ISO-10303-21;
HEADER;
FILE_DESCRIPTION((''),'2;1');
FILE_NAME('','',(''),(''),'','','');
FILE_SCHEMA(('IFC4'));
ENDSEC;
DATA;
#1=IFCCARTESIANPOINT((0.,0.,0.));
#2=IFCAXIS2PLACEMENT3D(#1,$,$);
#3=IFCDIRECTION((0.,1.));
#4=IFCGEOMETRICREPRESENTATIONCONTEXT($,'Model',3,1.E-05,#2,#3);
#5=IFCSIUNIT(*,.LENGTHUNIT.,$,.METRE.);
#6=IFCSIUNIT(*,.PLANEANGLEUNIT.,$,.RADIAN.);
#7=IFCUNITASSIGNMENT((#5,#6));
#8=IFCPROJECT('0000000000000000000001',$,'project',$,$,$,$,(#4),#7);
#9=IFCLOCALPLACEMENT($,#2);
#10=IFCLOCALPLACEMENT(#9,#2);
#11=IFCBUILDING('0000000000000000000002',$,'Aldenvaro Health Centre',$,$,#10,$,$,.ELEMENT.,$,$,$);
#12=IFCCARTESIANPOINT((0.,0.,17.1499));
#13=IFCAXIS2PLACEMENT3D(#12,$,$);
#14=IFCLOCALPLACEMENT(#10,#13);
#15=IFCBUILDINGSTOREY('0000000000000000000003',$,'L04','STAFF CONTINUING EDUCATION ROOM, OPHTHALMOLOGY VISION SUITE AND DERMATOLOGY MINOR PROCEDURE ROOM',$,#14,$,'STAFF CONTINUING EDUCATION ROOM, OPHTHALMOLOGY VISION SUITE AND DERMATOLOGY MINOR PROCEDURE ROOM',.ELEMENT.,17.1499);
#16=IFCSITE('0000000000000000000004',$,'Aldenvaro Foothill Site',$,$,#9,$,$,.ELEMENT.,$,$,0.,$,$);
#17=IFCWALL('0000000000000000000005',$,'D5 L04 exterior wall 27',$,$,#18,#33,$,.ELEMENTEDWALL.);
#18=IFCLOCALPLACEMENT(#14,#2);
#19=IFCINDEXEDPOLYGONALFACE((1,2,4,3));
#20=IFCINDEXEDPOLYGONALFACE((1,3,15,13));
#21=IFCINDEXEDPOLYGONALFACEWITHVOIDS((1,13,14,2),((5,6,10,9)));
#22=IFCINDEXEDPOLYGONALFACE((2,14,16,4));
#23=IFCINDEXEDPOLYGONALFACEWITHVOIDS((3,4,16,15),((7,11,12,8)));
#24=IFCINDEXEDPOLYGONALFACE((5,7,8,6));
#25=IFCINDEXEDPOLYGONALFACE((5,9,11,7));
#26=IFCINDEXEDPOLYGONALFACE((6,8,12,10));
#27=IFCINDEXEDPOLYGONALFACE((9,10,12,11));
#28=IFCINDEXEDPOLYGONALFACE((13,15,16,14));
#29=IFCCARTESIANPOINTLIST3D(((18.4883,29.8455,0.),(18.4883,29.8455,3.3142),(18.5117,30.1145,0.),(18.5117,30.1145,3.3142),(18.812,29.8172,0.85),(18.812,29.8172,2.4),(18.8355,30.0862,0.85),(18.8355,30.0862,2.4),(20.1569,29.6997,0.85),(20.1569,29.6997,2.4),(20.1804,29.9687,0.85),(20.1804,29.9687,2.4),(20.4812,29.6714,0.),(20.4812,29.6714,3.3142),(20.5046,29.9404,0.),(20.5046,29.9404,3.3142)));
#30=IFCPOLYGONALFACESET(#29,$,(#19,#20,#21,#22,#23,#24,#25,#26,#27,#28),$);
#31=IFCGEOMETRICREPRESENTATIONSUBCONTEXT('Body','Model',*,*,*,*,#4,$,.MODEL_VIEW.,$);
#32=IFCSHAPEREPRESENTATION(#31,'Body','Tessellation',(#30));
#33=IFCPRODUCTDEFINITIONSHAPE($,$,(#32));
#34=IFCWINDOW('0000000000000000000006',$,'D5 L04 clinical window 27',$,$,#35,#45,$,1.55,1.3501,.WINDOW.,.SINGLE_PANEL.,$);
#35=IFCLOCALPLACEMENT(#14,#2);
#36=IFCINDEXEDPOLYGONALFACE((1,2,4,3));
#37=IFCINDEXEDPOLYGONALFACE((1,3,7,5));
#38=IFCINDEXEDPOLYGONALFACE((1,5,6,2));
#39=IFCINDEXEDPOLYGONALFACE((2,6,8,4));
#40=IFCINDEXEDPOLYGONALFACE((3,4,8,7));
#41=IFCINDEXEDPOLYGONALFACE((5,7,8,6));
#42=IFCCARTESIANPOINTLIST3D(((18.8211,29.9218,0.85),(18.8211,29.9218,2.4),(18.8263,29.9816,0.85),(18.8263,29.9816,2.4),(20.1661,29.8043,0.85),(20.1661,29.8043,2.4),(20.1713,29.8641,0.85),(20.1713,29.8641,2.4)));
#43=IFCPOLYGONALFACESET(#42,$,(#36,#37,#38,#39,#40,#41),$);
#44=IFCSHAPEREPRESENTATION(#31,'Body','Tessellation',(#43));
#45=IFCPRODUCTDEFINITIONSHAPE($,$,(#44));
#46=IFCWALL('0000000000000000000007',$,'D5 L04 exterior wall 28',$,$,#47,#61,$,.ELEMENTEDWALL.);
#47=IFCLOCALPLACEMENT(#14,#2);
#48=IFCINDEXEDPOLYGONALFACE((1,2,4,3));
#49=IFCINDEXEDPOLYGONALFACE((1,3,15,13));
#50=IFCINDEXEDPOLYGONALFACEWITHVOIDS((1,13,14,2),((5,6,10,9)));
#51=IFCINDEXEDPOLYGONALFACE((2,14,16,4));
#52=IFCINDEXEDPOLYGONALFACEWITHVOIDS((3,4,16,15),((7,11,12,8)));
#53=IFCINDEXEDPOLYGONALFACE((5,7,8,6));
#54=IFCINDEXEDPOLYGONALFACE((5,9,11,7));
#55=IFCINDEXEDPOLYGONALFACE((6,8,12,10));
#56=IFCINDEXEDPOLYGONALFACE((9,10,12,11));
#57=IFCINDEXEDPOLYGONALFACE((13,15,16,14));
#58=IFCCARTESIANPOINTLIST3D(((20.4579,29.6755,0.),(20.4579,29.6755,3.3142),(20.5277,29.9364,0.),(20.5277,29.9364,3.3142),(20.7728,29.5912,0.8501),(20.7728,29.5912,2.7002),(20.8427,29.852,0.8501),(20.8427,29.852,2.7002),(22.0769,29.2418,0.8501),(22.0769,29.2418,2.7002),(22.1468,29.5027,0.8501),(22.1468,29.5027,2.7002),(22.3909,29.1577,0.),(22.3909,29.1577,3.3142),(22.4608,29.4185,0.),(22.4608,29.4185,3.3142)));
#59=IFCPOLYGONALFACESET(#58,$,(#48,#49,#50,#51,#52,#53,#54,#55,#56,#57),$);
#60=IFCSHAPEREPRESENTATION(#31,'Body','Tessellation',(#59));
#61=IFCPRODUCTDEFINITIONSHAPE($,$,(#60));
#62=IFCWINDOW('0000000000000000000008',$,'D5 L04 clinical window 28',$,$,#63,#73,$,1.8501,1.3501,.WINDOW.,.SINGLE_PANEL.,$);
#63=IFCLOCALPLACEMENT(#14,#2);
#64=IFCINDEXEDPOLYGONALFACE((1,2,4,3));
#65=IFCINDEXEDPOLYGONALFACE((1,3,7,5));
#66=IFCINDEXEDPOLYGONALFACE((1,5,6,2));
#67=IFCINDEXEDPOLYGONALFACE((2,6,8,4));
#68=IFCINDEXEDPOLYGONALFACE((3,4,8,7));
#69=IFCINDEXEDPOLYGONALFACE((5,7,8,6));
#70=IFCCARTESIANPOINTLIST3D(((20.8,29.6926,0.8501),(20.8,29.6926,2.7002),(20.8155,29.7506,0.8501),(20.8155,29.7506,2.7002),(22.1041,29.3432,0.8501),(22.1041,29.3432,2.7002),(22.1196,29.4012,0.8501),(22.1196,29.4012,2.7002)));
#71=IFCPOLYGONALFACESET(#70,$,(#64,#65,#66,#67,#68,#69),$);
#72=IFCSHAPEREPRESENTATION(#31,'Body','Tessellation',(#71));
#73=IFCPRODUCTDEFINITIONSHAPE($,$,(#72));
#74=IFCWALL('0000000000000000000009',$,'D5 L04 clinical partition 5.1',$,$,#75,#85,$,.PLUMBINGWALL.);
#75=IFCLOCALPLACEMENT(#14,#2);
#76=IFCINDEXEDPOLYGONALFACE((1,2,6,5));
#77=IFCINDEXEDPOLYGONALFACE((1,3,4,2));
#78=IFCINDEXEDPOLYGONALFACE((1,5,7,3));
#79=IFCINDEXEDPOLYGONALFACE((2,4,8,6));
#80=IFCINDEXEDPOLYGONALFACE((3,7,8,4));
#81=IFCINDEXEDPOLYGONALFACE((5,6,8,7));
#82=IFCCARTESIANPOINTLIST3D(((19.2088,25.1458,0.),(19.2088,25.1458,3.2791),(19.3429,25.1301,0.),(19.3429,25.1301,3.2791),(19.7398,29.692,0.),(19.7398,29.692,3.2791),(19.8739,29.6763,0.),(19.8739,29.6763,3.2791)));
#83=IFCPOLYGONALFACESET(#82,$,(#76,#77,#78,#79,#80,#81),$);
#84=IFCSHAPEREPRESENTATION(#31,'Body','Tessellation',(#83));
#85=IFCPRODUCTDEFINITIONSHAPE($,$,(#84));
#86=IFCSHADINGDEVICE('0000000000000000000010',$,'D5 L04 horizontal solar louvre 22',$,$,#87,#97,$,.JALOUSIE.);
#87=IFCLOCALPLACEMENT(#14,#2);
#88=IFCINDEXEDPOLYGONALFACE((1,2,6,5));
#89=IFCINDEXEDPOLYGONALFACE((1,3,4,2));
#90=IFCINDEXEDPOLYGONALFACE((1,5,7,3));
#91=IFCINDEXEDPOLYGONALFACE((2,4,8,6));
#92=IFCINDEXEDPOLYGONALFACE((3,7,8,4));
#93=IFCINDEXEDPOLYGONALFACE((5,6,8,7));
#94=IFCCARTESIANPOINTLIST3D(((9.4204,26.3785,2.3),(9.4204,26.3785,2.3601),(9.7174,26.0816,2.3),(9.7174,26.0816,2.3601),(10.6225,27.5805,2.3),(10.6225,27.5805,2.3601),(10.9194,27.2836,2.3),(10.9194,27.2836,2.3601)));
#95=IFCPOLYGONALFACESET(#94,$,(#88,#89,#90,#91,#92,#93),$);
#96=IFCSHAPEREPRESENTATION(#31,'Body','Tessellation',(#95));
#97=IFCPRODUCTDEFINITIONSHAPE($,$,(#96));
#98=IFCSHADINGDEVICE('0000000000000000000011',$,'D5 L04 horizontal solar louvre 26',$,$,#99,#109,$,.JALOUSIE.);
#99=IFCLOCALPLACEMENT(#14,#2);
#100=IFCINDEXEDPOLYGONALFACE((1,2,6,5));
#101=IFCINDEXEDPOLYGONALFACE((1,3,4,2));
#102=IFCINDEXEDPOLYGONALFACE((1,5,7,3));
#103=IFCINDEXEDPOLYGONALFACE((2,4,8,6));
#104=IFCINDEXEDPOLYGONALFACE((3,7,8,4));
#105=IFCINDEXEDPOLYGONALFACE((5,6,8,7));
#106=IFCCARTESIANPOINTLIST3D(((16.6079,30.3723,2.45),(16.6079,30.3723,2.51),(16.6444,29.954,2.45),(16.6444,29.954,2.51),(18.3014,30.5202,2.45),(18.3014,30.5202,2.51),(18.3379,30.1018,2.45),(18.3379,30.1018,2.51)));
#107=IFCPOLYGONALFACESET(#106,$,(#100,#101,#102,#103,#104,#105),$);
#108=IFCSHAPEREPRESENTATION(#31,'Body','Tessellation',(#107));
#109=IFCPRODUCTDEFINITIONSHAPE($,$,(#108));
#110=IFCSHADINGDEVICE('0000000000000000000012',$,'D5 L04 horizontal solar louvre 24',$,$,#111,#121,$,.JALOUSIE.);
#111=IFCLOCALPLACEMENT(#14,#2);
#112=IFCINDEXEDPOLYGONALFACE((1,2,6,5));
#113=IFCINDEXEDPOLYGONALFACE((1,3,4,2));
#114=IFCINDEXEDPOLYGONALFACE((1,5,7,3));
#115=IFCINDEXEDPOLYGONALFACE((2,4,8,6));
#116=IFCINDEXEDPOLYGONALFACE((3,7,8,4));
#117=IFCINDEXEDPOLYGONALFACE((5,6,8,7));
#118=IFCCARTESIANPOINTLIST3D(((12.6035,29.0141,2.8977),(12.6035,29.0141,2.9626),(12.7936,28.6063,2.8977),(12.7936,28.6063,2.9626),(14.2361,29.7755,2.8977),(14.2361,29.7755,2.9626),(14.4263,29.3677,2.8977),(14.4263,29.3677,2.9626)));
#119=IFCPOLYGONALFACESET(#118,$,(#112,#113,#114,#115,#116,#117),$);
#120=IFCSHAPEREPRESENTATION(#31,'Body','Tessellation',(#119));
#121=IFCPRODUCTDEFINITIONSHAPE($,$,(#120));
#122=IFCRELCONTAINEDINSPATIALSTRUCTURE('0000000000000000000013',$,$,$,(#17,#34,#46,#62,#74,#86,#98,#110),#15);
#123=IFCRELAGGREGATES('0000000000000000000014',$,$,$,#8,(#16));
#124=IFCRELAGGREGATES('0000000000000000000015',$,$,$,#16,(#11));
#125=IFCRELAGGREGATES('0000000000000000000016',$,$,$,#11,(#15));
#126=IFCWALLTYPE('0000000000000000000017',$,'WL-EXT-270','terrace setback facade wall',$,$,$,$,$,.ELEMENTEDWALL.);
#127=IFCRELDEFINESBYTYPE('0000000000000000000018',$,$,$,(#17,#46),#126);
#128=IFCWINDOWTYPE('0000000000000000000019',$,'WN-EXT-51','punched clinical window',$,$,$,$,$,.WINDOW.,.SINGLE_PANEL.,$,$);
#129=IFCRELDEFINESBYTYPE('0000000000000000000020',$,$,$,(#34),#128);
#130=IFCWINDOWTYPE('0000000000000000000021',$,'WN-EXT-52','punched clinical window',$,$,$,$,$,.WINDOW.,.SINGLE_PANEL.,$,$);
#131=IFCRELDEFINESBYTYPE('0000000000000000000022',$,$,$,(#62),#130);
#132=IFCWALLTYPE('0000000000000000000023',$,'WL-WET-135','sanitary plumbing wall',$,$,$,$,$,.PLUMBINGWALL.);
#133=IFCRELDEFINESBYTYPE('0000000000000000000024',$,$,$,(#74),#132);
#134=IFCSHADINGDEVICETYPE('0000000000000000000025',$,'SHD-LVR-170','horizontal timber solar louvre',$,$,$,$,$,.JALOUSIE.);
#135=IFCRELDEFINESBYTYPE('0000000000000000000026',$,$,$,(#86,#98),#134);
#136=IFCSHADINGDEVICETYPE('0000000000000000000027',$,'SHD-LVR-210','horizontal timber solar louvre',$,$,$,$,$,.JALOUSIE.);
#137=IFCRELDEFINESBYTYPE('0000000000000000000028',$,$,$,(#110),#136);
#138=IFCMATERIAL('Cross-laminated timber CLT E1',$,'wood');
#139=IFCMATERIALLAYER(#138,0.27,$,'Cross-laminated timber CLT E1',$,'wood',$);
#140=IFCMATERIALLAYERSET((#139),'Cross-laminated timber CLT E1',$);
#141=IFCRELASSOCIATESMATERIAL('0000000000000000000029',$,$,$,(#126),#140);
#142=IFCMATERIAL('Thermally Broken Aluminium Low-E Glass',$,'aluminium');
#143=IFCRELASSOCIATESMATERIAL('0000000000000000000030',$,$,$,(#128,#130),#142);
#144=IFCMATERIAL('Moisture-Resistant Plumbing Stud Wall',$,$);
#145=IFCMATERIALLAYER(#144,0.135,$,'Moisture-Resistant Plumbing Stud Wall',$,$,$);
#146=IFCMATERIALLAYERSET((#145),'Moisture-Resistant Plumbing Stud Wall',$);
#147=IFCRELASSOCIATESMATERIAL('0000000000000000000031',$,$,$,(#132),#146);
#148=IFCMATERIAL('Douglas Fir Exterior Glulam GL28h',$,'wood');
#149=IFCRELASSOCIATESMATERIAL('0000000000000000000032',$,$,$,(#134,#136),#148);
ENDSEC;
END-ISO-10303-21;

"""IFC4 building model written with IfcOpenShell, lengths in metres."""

from ifc_helpers import new_model, si_unit, direction, frame, frame_2d, origin, origin_2d, place, context, subcontext, project, spatial, rectangle, extrude, material, layer, layer_set, type_object, element, fill, save


model = new_model("IFC4")

# Units and contexts
model_context = context("Model", 3, precision=1e-05, world=origin(), true_north=direction((0.0, 1.0)))
body_context = subcontext(model_context, "Body", "Model", "MODEL_VIEW")
ifc_project = project(units=[si_unit("LENGTHUNIT", "METRE"), si_unit("PLANEANGLEUNIT", "RADIAN")], contexts=[model_context])

# Site, building, storey
site_placement = place(None, origin())
site = spatial("IfcSite", under=ifc_project, at=site_placement, Name="Aldenvaro Foothill Site", CompositionType="ELEMENT", RefElevation=0.0)
building_placement = place(site_placement, origin())
building = spatial("IfcBuilding", under=site, at=building_placement, Name="Aldenvaro Health Centre", CompositionType="ELEMENT")
storey_placement = place(building_placement, frame((0.0, 0.0, 17.1499)))
storey = spatial("IfcBuildingStorey", under=building, at=storey_placement, Name="L04", Description="STAFF CONTINUING EDUCATION ROOM, OPHTHALMOLOGY VISION SUITE AND DERMATOLOGY MINOR PROCEDURE ROOM", LongName="STAFF CONTINUING EDUCATION ROOM, OPHTHALMOLOGY VISION SUITE AND DERMATOLOGY MINOR PROCEDURE ROOM", CompositionType="ELEMENT", Elevation=17.1499)

# Walls, openings, windows
ifc_material_1 = material(Name="Cross-laminated timber CLT E1", Category="wood")
ifc_layer_1 = layer(ifc_material_1, 0.27, Name="Cross-laminated timber CLT E1", Category="wood")
ifc_layer_set_1 = layer_set([ifc_layer_1], Name="Cross-laminated timber CLT E1")
wall_type_1 = type_object("IfcWallType", Name="WL-EXT-270", Description="terrace setback facade wall", PredefinedType="ELEMENTEDWALL", material=ifc_layer_set_1)
ifc_material_2 = material(Name="Thermally Broken Aluminium Low-E Glass", Category="aluminium")
wall_1_placement = place(storey_placement, frame((18.5, 29.98, 0.0), z_axis=(0.0, 0.0, 1.0), x_axis=(0.996207, -0.087014, 0.0)))
wall_1 = element("IfcWall", 1, at=wall_1_placement, inside=storey, type_object=wall_type_1, Name="D5 L04 exterior wall 27", PredefinedType="ELEMENTEDWALL", context=body_context, shape_type="SweptSolid", body=[
    extrude(rectangle(XDim=2.0005, YDim=0.27, at=frame_2d((1.0002, 0.0))), origin(), (0.0, 0.0, 1.0), 3.3142),
])
opening_1_placement = place(wall_1_placement, frame((0.325, 0.0, 0.8501)))
opening_1 = element("IfcOpeningElement", 2, at=opening_1_placement, cuts=wall_1, PredefinedType="OPENING", context=body_context, shape_type="SweptSolid", body=[
    extrude(rectangle(XDim=1.3501, YDim=1.55, at=frame_2d((0.675, 0.7749))), frame((0.0, 0.145, 0.0), z_axis=(0.0, -1.0, 0.0), x_axis=(1.0, 0.0, 0.0)), (0.0, 0.0, 1.0), 0.29),
])
window_type_1 = type_object("IfcWindowType", Name="WN-EXT-51", Description="punched clinical window", PartitioningType="SINGLE_PANEL", PredefinedType="WINDOW", material=ifc_material_2)
window_1_placement = place(opening_1_placement, origin())
window_1 = element("IfcWindow", 3, at=window_1_placement, inside=storey, type_object=window_type_1, Name="D5 L04 clinical window 27", OverallHeight=1.55, OverallWidth=1.3501, PartitioningType="SINGLE_PANEL", PredefinedType="WINDOW", context=body_context, shape_type="SweptSolid", body=[
    extrude(rectangle(XDim=1.3501, YDim=1.55, at=frame_2d((0.675, 0.7749))), frame((0.0, 0.03, 0.0), z_axis=(0.0, -1.0, 0.0), x_axis=(1.0, 0.0, 0.0)), (0.0, 0.0, 1.0), 0.0601),
])
fill(opening_1, window_1)
wall_2_placement = place(storey_placement, frame((20.4929, 29.8059, 0.0), z_axis=(0.0, 0.0, 1.0), x_axis=(0.965945, -0.258748, 0.0)))
wall_2 = element("IfcWall", 4, at=wall_2_placement, inside=storey, type_object=wall_type_1, Name="D5 L04 exterior wall 28", PredefinedType="ELEMENTEDWALL", context=body_context, shape_type="SweptSolid", body=[
    extrude(rectangle(XDim=2.0012, YDim=0.27, at=frame_2d((1.0005, 0.0))), origin(), (0.0, 0.0, 1.0), 3.3142),
])
opening_2_placement = place(wall_2_placement, frame((0.3259, 0.0, 0.8501)))
opening_2 = element("IfcOpeningElement", 5, at=opening_2_placement, cuts=wall_2, PredefinedType="OPENING", context=body_context, shape_type="SweptSolid", body=[
    extrude(rectangle(XDim=1.3501, YDim=1.8501, at=frame_2d((0.675, 0.925))), frame((0.0, 0.145, 0.0), z_axis=(0.0, -1.0, 0.0), x_axis=(1.0, 0.0, 0.0)), (0.0, 0.0, 1.0), 0.29),
])
window_type_2 = type_object("IfcWindowType", Name="WN-EXT-52", Description="punched clinical window", PartitioningType="SINGLE_PANEL", PredefinedType="WINDOW", material=ifc_material_2)
window_2_placement = place(opening_2_placement, origin())
window_2 = element("IfcWindow", 6, at=window_2_placement, inside=storey, type_object=window_type_2, Name="D5 L04 clinical window 28", OverallHeight=1.8501, OverallWidth=1.3501, PartitioningType="SINGLE_PANEL", PredefinedType="WINDOW", context=body_context, shape_type="SweptSolid", body=[
    extrude(rectangle(XDim=1.3501, YDim=1.8501, at=frame_2d((0.675, 0.925))), frame((0.0, 0.03, 0.0), z_axis=(0.0, -1.0, 0.0), x_axis=(1.0, 0.0, 0.0)), (0.0, 0.0, 1.0), 0.0601),
])
fill(opening_2, window_2)

# Wall
ifc_material_3 = material(Name="Moisture-Resistant Plumbing Stud Wall")
ifc_layer_2 = layer(ifc_material_3, 0.135, Name="Moisture-Resistant Plumbing Stud Wall")
ifc_layer_set_2 = layer_set([ifc_layer_2], Name="Moisture-Resistant Plumbing Stud Wall")
wall_type_2 = type_object("IfcWallType", Name="WL-WET-135", Description="sanitary plumbing wall", PredefinedType="PLUMBINGWALL", material=ifc_layer_set_2)
wall_3_placement = place(storey_placement, frame((19.2759, 25.1379, 0.0), z_axis=(0.0, 0.0, 1.0), x_axis=(0.116015, 0.993247, 0.0)))
element("IfcWall", 7, at=wall_3_placement, inside=storey, type_object=wall_type_2, Name="D5 L04 clinical partition 5.1", PredefinedType="PLUMBINGWALL", context=body_context, shape_type="SweptSolid", body=[
    extrude(rectangle(XDim=4.5771, YDim=0.135, at=frame_2d((2.2886, 0.0))), origin(), (0.0, 0.0, 1.0), 3.2791),
])

# Shading devices
ifc_material_4 = material(Name="Douglas Fir Exterior Glulam GL28h", Category="wood")
shading_device_type_1 = type_object("IfcShadingDeviceType", Name="SHD-LVR-170", Description="horizontal timber solar louvre", PredefinedType="JALOUSIE", material=ifc_material_4)
for number, where, z_axis, x_axis, name in (
    (8, (10.1699, 26.8311, 2.3), (0.0, 0.0, 1.0), (0.707107, 0.707107, 0.0), "D5 L04 horizontal solar louvre 22"),
    (9, (17.4729, 30.2371, 2.45), (0.0, 0.0, 1.0), (0.996211, 0.086975, 0.0), "D5 L04 horizontal solar louvre 26"),
):
    element("IfcShadingDevice", number, at=place(storey_placement, frame(where, z_axis=z_axis, x_axis=x_axis)), inside=storey, type_object=shading_device_type_1, Name=name, PredefinedType="JALOUSIE", context=body_context, shape_type="SweptSolid", body=[
        extrude(rectangle(XDim=1.7, YDim=0.4199, at=origin_2d()), origin(), (0.0, 0.0, 1.0), 0.0601),
    ])
shading_device_type_2 = type_object("IfcShadingDeviceType", Name="SHD-LVR-210", Description="horizontal timber solar louvre", PredefinedType="JALOUSIE", material=ifc_material_4)
shading_device_placement = place(storey_placement, frame((13.5149, 29.1909, 2.8977), z_axis=(0.0, 0.0, 1.0), x_axis=(0.906285, 0.422667, 0.0)))
element("IfcShadingDevice", 10, at=shading_device_placement, inside=storey, type_object=shading_device_type_2, Name="D5 L04 horizontal solar louvre 24", PredefinedType="JALOUSIE", context=body_context, shape_type="SweptSolid", body=[
    extrude(rectangle(XDim=1.8015, YDim=0.45, at=origin_2d()), origin(), (0.0, 0.0, 1.0), 0.0649),
])

save(model, "model.ifc")
